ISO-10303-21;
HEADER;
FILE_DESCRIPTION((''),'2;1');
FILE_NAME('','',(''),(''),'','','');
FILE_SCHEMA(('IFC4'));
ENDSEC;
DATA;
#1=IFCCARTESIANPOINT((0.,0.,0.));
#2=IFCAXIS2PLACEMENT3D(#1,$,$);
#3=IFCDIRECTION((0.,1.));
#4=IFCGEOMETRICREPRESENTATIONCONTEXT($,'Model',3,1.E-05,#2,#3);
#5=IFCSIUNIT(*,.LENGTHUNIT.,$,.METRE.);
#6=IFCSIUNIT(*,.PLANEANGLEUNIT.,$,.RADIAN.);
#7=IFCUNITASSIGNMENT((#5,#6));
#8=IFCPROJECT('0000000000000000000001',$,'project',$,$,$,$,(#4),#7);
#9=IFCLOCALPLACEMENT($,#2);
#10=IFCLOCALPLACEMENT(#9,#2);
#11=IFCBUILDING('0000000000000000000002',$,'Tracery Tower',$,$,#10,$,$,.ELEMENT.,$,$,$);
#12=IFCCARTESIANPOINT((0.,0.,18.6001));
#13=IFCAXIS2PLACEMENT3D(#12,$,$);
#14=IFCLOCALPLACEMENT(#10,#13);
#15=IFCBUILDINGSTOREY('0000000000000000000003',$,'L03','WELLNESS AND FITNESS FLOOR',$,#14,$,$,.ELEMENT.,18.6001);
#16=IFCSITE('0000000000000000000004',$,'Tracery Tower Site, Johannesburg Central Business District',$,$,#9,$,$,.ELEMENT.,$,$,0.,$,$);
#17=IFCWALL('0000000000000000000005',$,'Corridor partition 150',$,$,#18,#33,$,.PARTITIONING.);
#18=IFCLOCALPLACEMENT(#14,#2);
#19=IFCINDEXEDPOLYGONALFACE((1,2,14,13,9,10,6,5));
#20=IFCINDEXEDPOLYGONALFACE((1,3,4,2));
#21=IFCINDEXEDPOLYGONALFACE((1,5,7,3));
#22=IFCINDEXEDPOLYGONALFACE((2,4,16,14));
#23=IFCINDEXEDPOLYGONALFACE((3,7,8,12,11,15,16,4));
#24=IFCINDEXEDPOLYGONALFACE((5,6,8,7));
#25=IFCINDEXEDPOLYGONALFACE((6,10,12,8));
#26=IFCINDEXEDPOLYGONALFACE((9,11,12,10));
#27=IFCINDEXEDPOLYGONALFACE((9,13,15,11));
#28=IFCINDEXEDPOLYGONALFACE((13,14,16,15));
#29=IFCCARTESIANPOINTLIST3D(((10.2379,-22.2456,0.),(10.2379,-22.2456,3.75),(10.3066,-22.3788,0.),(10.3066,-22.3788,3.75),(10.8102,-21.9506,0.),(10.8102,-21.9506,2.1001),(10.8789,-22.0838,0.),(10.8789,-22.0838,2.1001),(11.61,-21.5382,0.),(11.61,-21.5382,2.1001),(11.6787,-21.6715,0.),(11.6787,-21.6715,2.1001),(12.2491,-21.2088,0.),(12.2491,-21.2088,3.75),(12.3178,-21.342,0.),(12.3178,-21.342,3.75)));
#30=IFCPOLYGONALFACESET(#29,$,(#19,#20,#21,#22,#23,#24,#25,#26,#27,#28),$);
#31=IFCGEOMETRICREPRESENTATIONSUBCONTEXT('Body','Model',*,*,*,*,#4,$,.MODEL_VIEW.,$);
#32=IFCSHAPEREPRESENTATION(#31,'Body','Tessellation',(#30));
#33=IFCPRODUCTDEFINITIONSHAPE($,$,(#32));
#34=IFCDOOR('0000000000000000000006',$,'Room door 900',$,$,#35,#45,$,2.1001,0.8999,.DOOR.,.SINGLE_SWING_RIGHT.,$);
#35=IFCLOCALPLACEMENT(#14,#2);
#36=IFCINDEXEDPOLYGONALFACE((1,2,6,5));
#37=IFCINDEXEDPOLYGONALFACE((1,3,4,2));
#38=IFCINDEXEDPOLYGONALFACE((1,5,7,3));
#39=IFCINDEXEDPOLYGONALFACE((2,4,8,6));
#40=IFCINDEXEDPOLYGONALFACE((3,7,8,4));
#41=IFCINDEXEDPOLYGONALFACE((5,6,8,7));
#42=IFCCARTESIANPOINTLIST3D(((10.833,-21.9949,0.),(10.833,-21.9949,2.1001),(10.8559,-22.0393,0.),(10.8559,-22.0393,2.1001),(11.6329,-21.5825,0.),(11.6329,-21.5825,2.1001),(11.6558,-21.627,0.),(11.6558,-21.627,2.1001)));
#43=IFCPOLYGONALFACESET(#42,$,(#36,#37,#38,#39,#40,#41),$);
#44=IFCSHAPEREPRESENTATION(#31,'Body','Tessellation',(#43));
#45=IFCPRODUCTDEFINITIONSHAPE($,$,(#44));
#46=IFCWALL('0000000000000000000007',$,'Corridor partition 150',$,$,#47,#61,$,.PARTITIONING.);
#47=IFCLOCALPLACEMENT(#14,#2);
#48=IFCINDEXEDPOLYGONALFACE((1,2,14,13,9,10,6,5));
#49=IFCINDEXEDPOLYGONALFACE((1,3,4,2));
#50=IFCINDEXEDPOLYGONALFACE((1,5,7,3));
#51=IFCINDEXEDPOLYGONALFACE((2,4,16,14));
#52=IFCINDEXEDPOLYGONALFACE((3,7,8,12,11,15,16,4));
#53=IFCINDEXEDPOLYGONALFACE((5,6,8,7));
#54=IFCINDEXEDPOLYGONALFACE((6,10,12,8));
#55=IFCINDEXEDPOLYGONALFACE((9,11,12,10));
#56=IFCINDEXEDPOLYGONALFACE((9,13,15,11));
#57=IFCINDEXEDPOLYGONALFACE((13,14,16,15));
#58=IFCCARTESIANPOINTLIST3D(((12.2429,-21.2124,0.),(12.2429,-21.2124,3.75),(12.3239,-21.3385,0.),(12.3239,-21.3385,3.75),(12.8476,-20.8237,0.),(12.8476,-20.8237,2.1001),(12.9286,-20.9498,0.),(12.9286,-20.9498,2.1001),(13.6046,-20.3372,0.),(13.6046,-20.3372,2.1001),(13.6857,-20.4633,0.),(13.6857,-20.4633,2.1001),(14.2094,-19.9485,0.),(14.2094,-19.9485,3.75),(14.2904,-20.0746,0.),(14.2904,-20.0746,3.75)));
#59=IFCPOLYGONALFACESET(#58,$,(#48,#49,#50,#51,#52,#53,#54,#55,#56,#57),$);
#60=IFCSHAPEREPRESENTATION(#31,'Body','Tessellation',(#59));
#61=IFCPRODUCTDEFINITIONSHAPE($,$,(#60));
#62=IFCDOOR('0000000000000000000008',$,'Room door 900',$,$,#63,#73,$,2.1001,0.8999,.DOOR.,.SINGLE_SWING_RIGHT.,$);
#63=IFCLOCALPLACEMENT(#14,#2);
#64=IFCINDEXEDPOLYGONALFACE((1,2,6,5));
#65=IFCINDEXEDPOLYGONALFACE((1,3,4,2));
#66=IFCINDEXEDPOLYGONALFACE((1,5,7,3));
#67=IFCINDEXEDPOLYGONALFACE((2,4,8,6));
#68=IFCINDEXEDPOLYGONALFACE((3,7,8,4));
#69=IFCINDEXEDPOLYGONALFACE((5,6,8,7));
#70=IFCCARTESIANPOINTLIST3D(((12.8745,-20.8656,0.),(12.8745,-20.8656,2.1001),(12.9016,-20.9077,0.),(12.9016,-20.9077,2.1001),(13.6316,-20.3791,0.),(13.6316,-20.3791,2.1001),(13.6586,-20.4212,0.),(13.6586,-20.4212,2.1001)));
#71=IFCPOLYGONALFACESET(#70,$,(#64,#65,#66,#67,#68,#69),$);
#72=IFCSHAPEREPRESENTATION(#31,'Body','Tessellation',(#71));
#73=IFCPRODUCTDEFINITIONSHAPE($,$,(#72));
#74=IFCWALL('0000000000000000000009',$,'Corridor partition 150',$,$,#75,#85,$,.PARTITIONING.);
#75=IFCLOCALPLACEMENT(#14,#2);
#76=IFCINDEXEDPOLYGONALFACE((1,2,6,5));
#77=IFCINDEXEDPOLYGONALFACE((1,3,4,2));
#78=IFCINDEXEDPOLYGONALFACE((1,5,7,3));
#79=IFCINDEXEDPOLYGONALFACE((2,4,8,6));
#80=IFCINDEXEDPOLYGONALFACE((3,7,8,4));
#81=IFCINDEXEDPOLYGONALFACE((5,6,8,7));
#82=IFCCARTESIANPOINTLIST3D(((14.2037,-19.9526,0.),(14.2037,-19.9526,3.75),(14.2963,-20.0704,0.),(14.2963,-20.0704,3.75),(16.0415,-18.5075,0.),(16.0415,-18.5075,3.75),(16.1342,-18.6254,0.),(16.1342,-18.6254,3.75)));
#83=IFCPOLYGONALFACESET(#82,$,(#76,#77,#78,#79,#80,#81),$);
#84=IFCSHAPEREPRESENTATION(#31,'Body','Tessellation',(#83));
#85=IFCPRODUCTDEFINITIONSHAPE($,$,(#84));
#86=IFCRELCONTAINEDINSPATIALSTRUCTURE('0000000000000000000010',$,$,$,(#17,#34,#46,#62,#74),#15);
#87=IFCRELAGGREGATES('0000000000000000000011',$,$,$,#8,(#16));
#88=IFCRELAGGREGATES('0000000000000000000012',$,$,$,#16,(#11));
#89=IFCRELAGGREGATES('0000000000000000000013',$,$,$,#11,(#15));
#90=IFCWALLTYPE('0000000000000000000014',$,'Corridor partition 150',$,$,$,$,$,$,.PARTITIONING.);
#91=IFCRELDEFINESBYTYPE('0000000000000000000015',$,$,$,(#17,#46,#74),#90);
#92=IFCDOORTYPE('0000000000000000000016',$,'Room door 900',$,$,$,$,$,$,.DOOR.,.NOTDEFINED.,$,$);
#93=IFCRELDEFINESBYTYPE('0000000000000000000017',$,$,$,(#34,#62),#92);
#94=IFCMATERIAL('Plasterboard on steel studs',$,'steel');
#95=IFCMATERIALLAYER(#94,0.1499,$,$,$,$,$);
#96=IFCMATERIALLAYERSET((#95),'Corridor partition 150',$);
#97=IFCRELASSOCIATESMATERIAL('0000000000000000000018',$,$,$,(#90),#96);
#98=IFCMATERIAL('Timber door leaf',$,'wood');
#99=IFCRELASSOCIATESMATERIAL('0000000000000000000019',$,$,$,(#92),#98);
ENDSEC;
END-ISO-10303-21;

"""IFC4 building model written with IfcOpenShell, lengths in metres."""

from ifc_helpers import new_model, si_unit, direction, frame, frame_2d, origin, place, context, subcontext, project, spatial, rectangle, extrude, material, layer, layer_set, type_object, element, fill, save


model = new_model("IFC4")

# Units and contexts
model_context = context("Model", 3, precision=1e-05, world=origin(), true_north=direction((0.0, 1.0)))
body_context = subcontext(model_context, "Body", "Model", "MODEL_VIEW")
ifc_project = project(units=[si_unit("LENGTHUNIT", "METRE"), si_unit("PLANEANGLEUNIT", "RADIAN")], contexts=[model_context])

# Site, building, storey
site_placement = place(None, origin())
site = spatial("IfcSite", under=ifc_project, at=site_placement, Name="Tracery Tower Site, Johannesburg Central Business District", CompositionType="ELEMENT", RefElevation=0.0)
building_placement = place(site_placement, origin())
building = spatial("IfcBuilding", under=site, at=building_placement, Name="Tracery Tower", CompositionType="ELEMENT")
storey_placement = place(building_placement, frame((0.0, 0.0, 18.6001)))
storey = spatial("IfcBuildingStorey", under=building, at=storey_placement, Name="L03", Description="WELLNESS AND FITNESS FLOOR", CompositionType="ELEMENT", Elevation=18.6001)

# Shared definitions
ifc_material_1 = material(Name="Plasterboard on steel studs", Category="steel")
ifc_layer_1 = layer(ifc_material_1, 0.1499)
ifc_layer_set_1 = layer_set([ifc_layer_1], Name="Corridor partition 150")
wall_type_1 = type_object("IfcWallType", Name="Corridor partition 150", PredefinedType="PARTITIONING", material=ifc_layer_set_1)

# Walls, openings, doors
wall_1_placement = place(storey_placement, frame((12.2834, -21.2754, 0.0), z_axis=(0.0, 0.0, 1.0), x_axis=(-0.888835, -0.458228, 0.0)))
wall_1 = element("IfcWall", 1, at=wall_1_placement, inside=storey, type_object=wall_type_1, Name="Corridor partition 150", PredefinedType="PARTITIONING", context=body_context, shape_type="SweptSolid", body=[
    extrude(rectangle(XDim=2.2627, YDim=0.1499, at=frame_2d((1.1313, 0.0))), origin(), (0.0, 0.0, 1.0), 3.75),
])
opening_1_placement = place(wall_1_placement, frame((0.719, 0.0, 0.0)))
opening_1 = element("IfcOpeningElement", 2, at=opening_1_placement, cuts=wall_1, PredefinedType="OPENING", context=body_context, shape_type="SweptSolid", body=[
    extrude(rectangle(XDim=0.8999, YDim=2.1001, at=frame_2d((0.45, 1.05))), frame((0.0, 0.075, 0.0), z_axis=(0.0, -1.0, 0.0), x_axis=(1.0, 0.0, 0.0)), (0.0, 0.0, 1.0), 0.1499),
])
ifc_material_2 = material(Name="Timber door leaf", Category="wood")
door_type_1 = type_object("IfcDoorType", Name="Room door 900", OperationType="NOTDEFINED", PredefinedType="DOOR", material=ifc_material_2)
door_1_placement = place(opening_1_placement, origin())
door_1 = element("IfcDoor", 3, at=door_1_placement, inside=storey, type_object=door_type_1, Name="Room door 900", OperationType="SINGLE_SWING_RIGHT", OverallHeight=2.1001, OverallWidth=0.8999, PredefinedType="DOOR", context=body_context, shape_type="SweptSolid", body=[
    extrude(rectangle(XDim=0.8999, YDim=2.1001, at=frame_2d((0.45, 1.05))), frame((0.0, 0.0249, 0.0), z_axis=(0.0, -1.0, 0.0), x_axis=(1.0, 0.0, 0.0)), (0.0, 0.0, 1.0), 0.05),
])
fill(opening_1, door_1)
wall_2_placement = place(storey_placement, frame((14.25, -20.0115, 0.0), z_axis=(0.0, 0.0, 1.0), x_axis=(-0.841236, -0.540668, 0.0)))
wall_2 = element("IfcWall", 4, at=wall_2_placement, inside=storey, type_object=wall_type_1, Name="Corridor partition 150", PredefinedType="PARTITIONING", context=body_context, shape_type="SweptSolid", body=[
    extrude(rectangle(XDim=2.3376, YDim=0.1499, at=frame_2d((1.1689, 0.0))), origin(), (0.0, 0.0, 1.0), 3.75),
])
opening_2_placement = place(wall_2_placement, frame((0.719, 0.0, 0.0)))
opening_2 = element("IfcOpeningElement", 5, at=opening_2_placement, cuts=wall_2, PredefinedType="OPENING", context=body_context, shape_type="SweptSolid", body=[
    extrude(rectangle(XDim=0.8999, YDim=2.1001, at=frame_2d((0.45, 1.05))), frame((0.0, 0.075, 0.0), z_axis=(0.0, -1.0, 0.0), x_axis=(1.0, 0.0, 0.0)), (0.0, 0.0, 1.0), 0.1499),
])
door_2_placement = place(opening_2_placement, origin())
door_2 = element("IfcDoor", 6, at=door_2_placement, inside=storey, type_object=door_type_1, Name="Room door 900", OperationType="SINGLE_SWING_RIGHT", OverallHeight=2.1001, OverallWidth=0.8999, PredefinedType="DOOR", context=body_context, shape_type="SweptSolid", body=[
    extrude(rectangle(XDim=0.8999, YDim=2.1001, at=frame_2d((0.45, 1.05))), frame((0.0, 0.0249, 0.0), z_axis=(0.0, -1.0, 0.0), x_axis=(1.0, 0.0, 0.0)), (0.0, 0.0, 1.0), 0.05),
])
fill(opening_2, door_2)

# Wall
wall_3_placement = place(storey_placement, frame((14.25, -20.0115, 0.0), z_axis=(0.0, 0.0, 1.0), x_axis=(0.786108, 0.618089, 0.0)))
element("IfcWall", 7, at=wall_3_placement, inside=storey, type_object=wall_type_1, Name="Corridor partition 150", PredefinedType="PARTITIONING", context=body_context, shape_type="SweptSolid", body=[
    extrude(rectangle(XDim=2.3379, YDim=0.1499, at=frame_2d((1.1689, 0.0))), origin(), (0.0, 0.0, 1.0), 3.75),
])

save(model, "model.ifc")
